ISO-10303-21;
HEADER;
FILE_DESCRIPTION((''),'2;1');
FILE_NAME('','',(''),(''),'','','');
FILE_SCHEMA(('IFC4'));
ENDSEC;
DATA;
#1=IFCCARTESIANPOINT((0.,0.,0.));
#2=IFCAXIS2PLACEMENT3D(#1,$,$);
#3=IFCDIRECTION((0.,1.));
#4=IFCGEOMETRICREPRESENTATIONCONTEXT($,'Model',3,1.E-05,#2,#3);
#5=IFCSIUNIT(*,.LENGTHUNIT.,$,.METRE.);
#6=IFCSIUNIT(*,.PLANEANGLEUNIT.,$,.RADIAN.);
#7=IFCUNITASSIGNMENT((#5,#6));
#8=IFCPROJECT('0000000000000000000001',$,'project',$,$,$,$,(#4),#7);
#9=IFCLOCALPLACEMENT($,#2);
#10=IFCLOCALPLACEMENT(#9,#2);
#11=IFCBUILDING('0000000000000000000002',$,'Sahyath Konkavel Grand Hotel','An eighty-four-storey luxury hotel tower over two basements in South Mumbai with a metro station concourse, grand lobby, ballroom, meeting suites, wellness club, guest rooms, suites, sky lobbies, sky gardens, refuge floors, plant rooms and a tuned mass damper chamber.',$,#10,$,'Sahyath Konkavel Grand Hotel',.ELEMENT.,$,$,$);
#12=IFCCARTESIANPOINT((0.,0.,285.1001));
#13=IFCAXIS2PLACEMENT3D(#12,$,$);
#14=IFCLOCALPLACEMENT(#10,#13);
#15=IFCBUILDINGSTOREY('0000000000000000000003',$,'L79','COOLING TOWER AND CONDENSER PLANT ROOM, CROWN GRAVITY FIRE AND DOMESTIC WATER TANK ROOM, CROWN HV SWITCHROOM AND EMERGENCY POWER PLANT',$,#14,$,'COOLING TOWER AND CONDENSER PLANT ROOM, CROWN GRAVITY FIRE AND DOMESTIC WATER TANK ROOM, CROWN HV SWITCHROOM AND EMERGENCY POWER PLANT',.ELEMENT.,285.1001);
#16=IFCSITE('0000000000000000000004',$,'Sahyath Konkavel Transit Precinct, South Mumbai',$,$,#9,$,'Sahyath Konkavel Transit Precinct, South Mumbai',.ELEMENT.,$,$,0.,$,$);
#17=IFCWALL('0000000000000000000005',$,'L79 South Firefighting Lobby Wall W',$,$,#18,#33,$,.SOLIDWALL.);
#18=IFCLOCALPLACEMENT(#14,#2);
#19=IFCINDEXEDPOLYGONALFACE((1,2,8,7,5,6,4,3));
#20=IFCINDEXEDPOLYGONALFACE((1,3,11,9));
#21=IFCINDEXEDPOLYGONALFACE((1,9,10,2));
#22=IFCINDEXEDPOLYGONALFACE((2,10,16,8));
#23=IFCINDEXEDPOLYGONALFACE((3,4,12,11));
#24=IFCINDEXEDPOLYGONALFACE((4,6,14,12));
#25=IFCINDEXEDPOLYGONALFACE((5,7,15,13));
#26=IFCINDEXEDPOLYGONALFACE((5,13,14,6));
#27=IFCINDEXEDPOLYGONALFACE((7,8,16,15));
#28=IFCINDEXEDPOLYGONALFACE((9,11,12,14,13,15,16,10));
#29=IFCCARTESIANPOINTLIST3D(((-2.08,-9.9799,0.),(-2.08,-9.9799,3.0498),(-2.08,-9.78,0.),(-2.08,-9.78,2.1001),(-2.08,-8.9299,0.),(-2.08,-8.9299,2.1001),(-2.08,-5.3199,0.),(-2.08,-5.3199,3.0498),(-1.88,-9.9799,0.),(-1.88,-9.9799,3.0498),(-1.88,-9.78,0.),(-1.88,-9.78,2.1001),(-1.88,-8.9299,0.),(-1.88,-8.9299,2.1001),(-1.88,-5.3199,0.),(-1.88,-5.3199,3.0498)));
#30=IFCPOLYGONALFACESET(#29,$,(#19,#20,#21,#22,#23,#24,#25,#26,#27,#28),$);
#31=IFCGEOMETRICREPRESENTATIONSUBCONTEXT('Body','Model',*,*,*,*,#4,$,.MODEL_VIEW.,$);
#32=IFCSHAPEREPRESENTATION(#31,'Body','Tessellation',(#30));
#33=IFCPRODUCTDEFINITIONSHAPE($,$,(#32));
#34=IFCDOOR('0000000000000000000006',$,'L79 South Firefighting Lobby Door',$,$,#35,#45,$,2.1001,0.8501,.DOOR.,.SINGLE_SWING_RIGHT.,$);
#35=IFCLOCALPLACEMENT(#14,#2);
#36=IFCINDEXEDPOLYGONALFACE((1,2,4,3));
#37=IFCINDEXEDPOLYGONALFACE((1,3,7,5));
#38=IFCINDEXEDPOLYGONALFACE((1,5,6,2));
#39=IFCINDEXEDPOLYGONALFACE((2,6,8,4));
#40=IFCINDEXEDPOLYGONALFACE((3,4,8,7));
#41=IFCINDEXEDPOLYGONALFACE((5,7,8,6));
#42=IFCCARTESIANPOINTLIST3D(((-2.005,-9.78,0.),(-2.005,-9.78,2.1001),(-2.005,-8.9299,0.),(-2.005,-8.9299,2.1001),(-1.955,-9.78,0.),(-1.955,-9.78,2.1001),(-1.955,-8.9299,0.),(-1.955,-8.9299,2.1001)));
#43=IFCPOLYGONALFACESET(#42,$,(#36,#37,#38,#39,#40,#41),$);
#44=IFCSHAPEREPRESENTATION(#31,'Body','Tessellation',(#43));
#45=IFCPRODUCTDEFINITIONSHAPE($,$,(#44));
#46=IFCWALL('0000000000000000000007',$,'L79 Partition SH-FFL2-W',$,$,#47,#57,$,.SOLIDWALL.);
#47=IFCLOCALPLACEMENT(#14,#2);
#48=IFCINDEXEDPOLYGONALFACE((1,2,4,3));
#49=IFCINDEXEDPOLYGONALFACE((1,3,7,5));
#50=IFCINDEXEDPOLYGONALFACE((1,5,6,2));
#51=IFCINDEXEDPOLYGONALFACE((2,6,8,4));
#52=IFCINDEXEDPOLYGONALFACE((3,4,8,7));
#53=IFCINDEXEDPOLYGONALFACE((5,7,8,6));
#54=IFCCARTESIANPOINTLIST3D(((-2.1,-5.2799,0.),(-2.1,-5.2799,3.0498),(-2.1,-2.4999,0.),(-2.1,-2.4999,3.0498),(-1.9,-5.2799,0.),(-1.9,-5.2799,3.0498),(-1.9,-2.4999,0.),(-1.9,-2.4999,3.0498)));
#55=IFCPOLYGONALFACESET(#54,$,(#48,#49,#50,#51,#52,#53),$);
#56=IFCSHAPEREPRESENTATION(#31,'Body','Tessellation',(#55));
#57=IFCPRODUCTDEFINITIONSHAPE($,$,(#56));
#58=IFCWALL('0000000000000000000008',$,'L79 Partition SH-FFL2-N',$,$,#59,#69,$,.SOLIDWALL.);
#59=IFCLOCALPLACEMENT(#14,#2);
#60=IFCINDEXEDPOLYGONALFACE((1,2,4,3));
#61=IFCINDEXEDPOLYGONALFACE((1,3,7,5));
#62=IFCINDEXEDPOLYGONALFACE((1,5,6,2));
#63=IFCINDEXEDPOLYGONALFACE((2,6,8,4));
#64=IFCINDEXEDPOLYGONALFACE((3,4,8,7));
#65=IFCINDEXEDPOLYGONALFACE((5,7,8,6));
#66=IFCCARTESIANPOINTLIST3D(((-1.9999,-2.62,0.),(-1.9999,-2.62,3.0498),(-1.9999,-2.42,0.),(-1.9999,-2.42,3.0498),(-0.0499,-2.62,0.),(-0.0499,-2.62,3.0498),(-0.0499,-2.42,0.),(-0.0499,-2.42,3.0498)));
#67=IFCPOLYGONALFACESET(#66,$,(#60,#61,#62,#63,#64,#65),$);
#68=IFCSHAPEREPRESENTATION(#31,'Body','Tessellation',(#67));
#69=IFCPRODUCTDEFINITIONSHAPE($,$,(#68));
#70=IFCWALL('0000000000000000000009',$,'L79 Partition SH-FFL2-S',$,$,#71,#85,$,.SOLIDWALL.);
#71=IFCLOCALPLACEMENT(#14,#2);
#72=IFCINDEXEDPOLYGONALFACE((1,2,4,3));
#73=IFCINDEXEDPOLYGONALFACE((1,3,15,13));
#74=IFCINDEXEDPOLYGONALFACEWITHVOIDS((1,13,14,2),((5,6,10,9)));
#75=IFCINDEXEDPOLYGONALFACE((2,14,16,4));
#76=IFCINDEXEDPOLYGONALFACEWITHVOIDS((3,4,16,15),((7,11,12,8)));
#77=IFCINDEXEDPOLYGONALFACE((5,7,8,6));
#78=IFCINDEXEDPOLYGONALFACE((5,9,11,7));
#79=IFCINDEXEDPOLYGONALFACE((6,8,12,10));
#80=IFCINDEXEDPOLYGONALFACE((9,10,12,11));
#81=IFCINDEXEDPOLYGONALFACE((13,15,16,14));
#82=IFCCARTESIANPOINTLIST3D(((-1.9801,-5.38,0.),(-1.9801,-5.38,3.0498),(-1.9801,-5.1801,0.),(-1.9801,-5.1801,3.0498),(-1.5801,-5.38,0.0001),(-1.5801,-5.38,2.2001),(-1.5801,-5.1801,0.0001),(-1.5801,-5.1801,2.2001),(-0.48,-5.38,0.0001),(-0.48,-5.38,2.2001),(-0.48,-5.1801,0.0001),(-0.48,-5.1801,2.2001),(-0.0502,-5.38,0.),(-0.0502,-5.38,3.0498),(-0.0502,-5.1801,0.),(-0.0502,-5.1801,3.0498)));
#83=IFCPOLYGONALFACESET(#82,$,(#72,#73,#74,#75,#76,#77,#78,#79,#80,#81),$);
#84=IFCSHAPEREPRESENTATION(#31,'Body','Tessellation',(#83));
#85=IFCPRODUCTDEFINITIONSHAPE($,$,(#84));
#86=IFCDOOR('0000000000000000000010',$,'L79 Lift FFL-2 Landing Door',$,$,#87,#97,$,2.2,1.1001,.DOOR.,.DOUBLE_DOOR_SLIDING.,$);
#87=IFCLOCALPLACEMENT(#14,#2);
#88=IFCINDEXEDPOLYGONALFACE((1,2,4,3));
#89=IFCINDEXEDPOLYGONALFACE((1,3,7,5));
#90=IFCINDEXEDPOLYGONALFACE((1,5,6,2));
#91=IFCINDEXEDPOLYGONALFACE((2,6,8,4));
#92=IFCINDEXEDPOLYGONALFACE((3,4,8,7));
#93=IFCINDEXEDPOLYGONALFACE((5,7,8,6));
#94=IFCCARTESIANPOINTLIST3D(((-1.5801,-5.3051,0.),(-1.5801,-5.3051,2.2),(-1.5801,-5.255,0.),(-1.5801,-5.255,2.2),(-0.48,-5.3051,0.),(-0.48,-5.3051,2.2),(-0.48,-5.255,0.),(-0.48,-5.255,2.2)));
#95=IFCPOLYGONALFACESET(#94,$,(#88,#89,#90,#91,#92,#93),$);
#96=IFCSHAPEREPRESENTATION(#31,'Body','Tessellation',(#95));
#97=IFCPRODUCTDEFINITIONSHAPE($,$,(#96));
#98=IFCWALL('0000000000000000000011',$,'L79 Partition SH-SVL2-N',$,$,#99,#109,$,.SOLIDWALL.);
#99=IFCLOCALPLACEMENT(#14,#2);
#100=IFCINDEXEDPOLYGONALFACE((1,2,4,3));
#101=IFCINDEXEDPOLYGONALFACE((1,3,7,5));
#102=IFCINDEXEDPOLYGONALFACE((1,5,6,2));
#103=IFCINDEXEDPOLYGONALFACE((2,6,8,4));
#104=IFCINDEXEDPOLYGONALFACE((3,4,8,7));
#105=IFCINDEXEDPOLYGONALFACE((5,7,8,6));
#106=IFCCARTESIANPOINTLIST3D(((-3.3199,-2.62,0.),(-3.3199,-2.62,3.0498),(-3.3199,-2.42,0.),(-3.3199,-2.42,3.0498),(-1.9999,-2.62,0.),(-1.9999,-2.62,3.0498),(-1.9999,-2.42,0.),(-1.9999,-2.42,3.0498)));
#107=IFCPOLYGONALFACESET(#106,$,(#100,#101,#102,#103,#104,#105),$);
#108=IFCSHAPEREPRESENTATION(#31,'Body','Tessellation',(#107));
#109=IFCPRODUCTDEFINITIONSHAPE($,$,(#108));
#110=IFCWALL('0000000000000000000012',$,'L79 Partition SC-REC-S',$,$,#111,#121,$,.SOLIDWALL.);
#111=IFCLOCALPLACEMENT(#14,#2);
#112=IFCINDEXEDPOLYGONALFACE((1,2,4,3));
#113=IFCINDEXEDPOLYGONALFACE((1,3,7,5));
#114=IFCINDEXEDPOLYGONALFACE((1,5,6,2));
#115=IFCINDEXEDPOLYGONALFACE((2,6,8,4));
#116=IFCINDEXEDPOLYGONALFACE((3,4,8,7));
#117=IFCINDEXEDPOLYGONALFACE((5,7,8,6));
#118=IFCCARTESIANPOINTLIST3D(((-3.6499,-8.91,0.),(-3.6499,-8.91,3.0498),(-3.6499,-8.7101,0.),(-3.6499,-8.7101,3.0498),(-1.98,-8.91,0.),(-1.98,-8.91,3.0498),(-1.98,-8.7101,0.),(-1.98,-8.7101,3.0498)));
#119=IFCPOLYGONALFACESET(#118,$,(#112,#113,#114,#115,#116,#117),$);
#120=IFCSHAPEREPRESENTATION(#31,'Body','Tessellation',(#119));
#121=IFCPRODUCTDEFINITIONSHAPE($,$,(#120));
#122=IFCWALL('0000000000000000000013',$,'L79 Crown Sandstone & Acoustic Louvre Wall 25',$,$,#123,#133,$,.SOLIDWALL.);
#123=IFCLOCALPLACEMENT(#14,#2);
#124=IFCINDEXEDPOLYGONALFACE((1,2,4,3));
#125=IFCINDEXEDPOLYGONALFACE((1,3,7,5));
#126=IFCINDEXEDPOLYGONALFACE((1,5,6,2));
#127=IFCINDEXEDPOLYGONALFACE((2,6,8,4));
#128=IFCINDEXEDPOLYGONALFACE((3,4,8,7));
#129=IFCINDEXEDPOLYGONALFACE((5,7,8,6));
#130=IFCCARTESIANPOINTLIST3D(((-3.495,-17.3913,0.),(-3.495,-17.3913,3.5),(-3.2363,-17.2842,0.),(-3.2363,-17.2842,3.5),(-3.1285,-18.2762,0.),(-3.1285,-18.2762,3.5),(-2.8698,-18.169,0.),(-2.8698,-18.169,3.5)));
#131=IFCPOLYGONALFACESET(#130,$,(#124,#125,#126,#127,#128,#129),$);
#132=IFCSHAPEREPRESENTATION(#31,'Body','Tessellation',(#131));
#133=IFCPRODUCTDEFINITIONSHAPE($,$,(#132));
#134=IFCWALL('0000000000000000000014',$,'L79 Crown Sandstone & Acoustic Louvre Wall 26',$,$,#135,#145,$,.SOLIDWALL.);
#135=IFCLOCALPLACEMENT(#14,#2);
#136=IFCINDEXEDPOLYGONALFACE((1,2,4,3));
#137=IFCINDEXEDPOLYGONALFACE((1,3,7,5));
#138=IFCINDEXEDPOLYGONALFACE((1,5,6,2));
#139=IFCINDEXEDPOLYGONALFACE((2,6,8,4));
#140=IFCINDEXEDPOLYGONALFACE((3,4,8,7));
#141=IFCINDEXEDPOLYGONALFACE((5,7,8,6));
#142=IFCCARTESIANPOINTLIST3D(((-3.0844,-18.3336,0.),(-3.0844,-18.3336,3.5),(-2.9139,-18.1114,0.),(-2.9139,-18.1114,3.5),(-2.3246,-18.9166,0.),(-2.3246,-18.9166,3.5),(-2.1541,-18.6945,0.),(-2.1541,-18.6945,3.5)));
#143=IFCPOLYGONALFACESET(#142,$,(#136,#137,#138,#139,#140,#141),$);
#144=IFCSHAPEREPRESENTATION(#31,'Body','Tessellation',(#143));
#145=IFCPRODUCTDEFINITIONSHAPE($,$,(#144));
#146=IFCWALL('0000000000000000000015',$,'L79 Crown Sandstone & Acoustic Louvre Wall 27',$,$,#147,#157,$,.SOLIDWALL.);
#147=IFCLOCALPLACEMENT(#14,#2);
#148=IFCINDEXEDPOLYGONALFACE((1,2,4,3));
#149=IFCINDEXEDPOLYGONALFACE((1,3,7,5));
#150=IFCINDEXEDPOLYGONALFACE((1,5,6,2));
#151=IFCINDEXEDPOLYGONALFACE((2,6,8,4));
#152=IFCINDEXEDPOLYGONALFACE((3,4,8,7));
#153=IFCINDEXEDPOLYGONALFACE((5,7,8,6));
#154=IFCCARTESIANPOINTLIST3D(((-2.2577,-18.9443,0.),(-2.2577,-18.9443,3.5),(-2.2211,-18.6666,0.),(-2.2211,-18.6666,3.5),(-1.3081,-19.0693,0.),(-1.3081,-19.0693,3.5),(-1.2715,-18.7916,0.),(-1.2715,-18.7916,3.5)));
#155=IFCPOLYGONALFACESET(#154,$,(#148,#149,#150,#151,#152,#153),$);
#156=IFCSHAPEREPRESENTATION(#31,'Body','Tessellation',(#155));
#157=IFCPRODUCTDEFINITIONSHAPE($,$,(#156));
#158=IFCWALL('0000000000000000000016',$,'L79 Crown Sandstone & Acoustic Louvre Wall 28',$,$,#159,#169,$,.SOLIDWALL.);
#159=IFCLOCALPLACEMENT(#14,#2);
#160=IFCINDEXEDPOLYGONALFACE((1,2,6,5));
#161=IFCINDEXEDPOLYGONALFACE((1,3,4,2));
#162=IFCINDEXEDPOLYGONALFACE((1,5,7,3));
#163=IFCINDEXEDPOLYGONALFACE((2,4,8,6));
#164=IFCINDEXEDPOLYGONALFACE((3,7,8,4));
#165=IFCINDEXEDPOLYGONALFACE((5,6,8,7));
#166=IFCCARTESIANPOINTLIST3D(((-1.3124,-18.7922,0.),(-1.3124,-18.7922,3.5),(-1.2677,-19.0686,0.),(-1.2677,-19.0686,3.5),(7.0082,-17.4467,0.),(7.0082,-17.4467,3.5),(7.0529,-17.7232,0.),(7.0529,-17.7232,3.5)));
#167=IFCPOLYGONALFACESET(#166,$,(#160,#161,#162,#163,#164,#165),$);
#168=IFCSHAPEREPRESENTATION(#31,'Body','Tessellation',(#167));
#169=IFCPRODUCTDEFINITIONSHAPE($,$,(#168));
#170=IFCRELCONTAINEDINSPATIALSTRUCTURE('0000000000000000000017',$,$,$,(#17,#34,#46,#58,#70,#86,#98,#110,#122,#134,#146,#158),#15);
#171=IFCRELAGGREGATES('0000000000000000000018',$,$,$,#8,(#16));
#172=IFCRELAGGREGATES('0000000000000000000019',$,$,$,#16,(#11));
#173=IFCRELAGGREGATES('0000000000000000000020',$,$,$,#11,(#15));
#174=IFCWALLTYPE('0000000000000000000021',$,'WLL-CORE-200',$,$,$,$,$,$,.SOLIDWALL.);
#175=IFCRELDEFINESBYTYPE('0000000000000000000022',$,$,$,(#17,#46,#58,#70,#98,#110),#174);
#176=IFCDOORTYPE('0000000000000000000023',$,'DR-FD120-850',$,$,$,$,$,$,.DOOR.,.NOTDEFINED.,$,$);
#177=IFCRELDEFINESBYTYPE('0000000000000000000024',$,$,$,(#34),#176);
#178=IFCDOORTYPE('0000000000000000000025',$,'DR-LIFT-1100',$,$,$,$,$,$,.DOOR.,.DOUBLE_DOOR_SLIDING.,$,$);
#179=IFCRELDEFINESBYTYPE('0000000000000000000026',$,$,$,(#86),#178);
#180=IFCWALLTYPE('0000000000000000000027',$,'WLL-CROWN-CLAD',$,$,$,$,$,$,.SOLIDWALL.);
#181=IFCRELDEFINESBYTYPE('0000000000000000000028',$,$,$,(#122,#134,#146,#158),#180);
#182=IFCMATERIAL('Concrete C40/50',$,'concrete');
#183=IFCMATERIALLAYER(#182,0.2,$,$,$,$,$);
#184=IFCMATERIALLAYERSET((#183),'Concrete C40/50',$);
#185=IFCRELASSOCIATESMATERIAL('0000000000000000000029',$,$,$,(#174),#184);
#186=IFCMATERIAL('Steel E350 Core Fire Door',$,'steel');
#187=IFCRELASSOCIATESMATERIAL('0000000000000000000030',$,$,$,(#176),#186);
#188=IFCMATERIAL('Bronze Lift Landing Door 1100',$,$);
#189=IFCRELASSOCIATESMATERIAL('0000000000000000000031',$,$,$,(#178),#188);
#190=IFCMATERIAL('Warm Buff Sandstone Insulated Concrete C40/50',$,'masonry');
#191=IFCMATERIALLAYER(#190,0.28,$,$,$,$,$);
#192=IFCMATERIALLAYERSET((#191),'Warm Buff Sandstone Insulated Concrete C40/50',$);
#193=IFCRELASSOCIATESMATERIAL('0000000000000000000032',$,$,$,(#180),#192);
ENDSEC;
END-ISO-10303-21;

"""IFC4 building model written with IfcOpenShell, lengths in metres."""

from ifc_helpers import new_model, si_unit, direction, frame, frame_2d, origin, origin_2d, place, context, subcontext, project, spatial, rectangle, extrude, source, transform, mapped, material, layer, layer_set, type_object, element, fill, save


model = new_model("IFC4")

# Units and contexts
model_context = context("Model", 3, precision=1e-05, world=origin(), true_north=direction((0.0, 1.0)))
body_context = subcontext(model_context, "Body", "Model", "MODEL_VIEW")
ifc_project = project(units=[si_unit("LENGTHUNIT", "METRE"), si_unit("PLANEANGLEUNIT", "RADIAN")], contexts=[model_context])

# Site, building, storey
site_placement = place(None, origin())
site = spatial("IfcSite", under=ifc_project, at=site_placement, Name="Sahyath Konkavel Transit Precinct, South Mumbai", LongName="Sahyath Konkavel Transit Precinct, South Mumbai", CompositionType="ELEMENT", RefElevation=0.0)
building_placement = place(site_placement, origin())
building = spatial("IfcBuilding", under=site, at=building_placement, Name="Sahyath Konkavel Grand Hotel", Description="An eighty-four-storey luxury hotel tower over two basements in South Mumbai with a metro station concourse, grand lobby, ballroom, meeting suites, wellness club, guest rooms, suites, sky lobbies, sky gardens, refuge floors, plant rooms and a tuned mass damper chamber.", LongName="Sahyath Konkavel Grand Hotel", CompositionType="ELEMENT")
storey_placement = place(building_placement, frame((0.0, 0.0, 285.1001)))
storey = spatial("IfcBuildingStorey", under=building, at=storey_placement, Name="L79", Description="COOLING TOWER AND CONDENSER PLANT ROOM, CROWN GRAVITY FIRE AND DOMESTIC WATER TANK ROOM, CROWN HV SWITCHROOM AND EMERGENCY POWER PLANT", LongName="COOLING TOWER AND CONDENSER PLANT ROOM, CROWN GRAVITY FIRE AND DOMESTIC WATER TANK ROOM, CROWN HV SWITCHROOM AND EMERGENCY POWER PLANT", CompositionType="ELEMENT", Elevation=285.1001)

# Shared definitions
ifc_material_1 = material(Name="Concrete C40/50", Category="concrete")

# Wall, opening, door
ifc_layer_1 = layer(ifc_material_1, 0.2)
ifc_layer_set_1 = layer_set([ifc_layer_1], Name="Concrete C40/50")
wall_type_1 = type_object("IfcWallType", Name="WLL-CORE-200", PredefinedType="SOLIDWALL", material=ifc_layer_set_1)
wall_1_placement = place(storey_placement, frame((-1.98, -9.98, 0.0), z_axis=(0.0, 0.0, 1.0), x_axis=(0.0, 1.0, 0.0)))
wall_1 = element("IfcWall", 1, at=wall_1_placement, inside=storey, type_object=wall_type_1, Name="L79 South Firefighting Lobby Wall W", PredefinedType="SOLIDWALL", context=body_context, shape_type="SweptSolid", body=[
    extrude(rectangle(XDim=4.6599, YDim=0.2, at=frame_2d((2.3301, 0.0))), origin(), (0.0, 0.0, 1.0), 3.0498),
])
opening_1_placement = place(wall_1_placement, frame((0.2, 0.0, 0.0)))
opening_1 = element("IfcOpeningElement", 2, at=opening_1_placement, cuts=wall_1, PredefinedType="OPENING", context=body_context, shape_type="SweptSolid", body=[
    extrude(rectangle(XDim=0.8501, YDim=2.1001, at=frame_2d((0.425, 1.05))), frame((0.0, 0.1099, 0.0), z_axis=(0.0, -1.0, 0.0), x_axis=(1.0, 0.0, 0.0)), (0.0, 0.0, 1.0), 0.22),
])
ifc_material_2 = material(Name="Steel E350 Core Fire Door", Category="steel")
door_type_1 = type_object("IfcDoorType", Name="DR-FD120-850", OperationType="NOTDEFINED", PredefinedType="DOOR", material=ifc_material_2)
shared_shape_1 = source(origin(), body_context, "Body", "SweptSolid", [
    extrude(rectangle(XDim=0.8501, YDim=0.05, at=origin_2d()), origin(), (0.0, 0.0, 1.0), 2.1001),
])
door_1_placement = place(opening_1_placement, frame((0.425, 0.0, 0.0)))
door_1 = element("IfcDoor", 3, at=door_1_placement, inside=storey, type_object=door_type_1, Name="L79 South Firefighting Lobby Door", OperationType="SINGLE_SWING_RIGHT", OverallHeight=2.1001, OverallWidth=0.8501, PredefinedType="DOOR", context=body_context, shape_type="MappedRepresentation", body=[
    mapped(shared_shape_1, transform((0.0, 0.0, 0.0), scale=1.0)),
])
fill(opening_1, door_1)

# Walls
wall_2_placement = place(storey_placement, frame((-2.0, -5.28, 0.0), z_axis=(0.0, 0.0, 1.0), x_axis=(0.0, 1.0, 0.0)))
element("IfcWall", 4, at=wall_2_placement, inside=storey, type_object=wall_type_1, Name="L79 Partition SH-FFL2-W", PredefinedType="SOLIDWALL", context=body_context, shape_type="SweptSolid", body=[
    extrude(rectangle(XDim=2.78, YDim=0.2, at=frame_2d((1.3901, 0.0))), origin(), (0.0, 0.0, 1.0), 3.0498),
])
wall_3_placement = place(storey_placement, frame((-2.0, -2.52, 0.0), z_axis=(0.0, 0.0, 1.0), x_axis=(1.0, 0.0, 0.0)))
element("IfcWall", 5, at=wall_3_placement, inside=storey, type_object=wall_type_1, Name="L79 Partition SH-FFL2-N", PredefinedType="SOLIDWALL", context=body_context, shape_type="SweptSolid", body=[
    extrude(rectangle(XDim=1.95, YDim=0.2, at=frame_2d((0.9751, 0.0))), origin(), (0.0, 0.0, 1.0), 3.0498),
])

# Wall, opening, door
wall_4_placement = place(storey_placement, frame((-1.98, -5.28, 0.0), z_axis=(0.0, 0.0, 1.0), x_axis=(1.0, 0.0, 0.0)))
wall_4 = element("IfcWall", 6, at=wall_4_placement, inside=storey, type_object=wall_type_1, Name="L79 Partition SH-FFL2-S", PredefinedType="SOLIDWALL", context=body_context, shape_type="SweptSolid", body=[
    extrude(rectangle(XDim=1.9299, YDim=0.2, at=frame_2d((0.9648, 0.0))), origin(), (0.0, 0.0, 1.0), 3.0498),
])
opening_2_placement = place(wall_4_placement, frame((0.3999, 0.0, 0.0)))
opening_2 = element("IfcOpeningElement", 7, at=opening_2_placement, cuts=wall_4, PredefinedType="OPENING", context=body_context, shape_type="SweptSolid", body=[
    extrude(rectangle(XDim=1.1001, YDim=2.2, at=frame_2d((0.55, 1.1001))), frame((0.0, 0.1099, 0.0), z_axis=(0.0, -1.0, 0.0), x_axis=(1.0, 0.0, 0.0)), (0.0, 0.0, 1.0), 0.22),
])
ifc_material_3 = material(Name="Bronze Lift Landing Door 1100")
door_type_2 = type_object("IfcDoorType", Name="DR-LIFT-1100", OperationType="DOUBLE_DOOR_SLIDING", PredefinedType="DOOR", material=ifc_material_3)
shared_shape_2 = source(origin(), body_context, "Body", "SweptSolid", [
    extrude(rectangle(XDim=1.1001, YDim=0.05, at=origin_2d()), origin(), (0.0, 0.0, 1.0), 2.2),
])
door_2_placement = place(opening_2_placement, frame((0.55, 0.0, 0.0)))
door_2 = element("IfcDoor", 8, at=door_2_placement, inside=storey, type_object=door_type_2, Name="L79 Lift FFL-2 Landing Door", OperationType="DOUBLE_DOOR_SLIDING", OverallHeight=2.2, OverallWidth=1.1001, PredefinedType="DOOR", context=body_context, shape_type="MappedRepresentation", body=[
    mapped(shared_shape_2, transform((0.0, 0.0, 0.0), scale=1.0)),
])
fill(opening_2, door_2)

# Walls
wall_5_placement = place(storey_placement, frame((-3.3201, -2.52, 0.0), z_axis=(0.0, 0.0, 1.0), x_axis=(1.0, 0.0, 0.0)))
element("IfcWall", 9, at=wall_5_placement, inside=storey, type_object=wall_type_1, Name="L79 Partition SH-SVL2-N", PredefinedType="SOLIDWALL", context=body_context, shape_type="SweptSolid", body=[
    extrude(rectangle(XDim=1.3201, YDim=0.2, at=frame_2d((0.6602, 0.0))), origin(), (0.0, 0.0, 1.0), 3.0498),
])
wall_6_placement = place(storey_placement, frame((-3.6499, -8.8101, 0.0), z_axis=(0.0, 0.0, 1.0), x_axis=(1.0, 0.0, 0.0)))
element("IfcWall", 10, at=wall_6_placement, inside=storey, type_object=wall_type_1, Name="L79 Partition SC-REC-S", PredefinedType="SOLIDWALL", context=body_context, shape_type="SweptSolid", body=[
    extrude(rectangle(XDim=1.6699, YDim=0.2, at=frame_2d((0.835, 0.0))), origin(), (0.0, 0.0, 1.0), 3.0498),
])
ifc_material_4 = material(Name="Warm Buff Sandstone Insulated Concrete C40/50", Category="masonry")
ifc_layer_2 = layer(ifc_material_4, 0.28)
ifc_layer_set_2 = layer_set([ifc_layer_2], Name="Warm Buff Sandstone Insulated Concrete C40/50")
wall_type_2 = type_object("IfcWallType", Name="WLL-CROWN-CLAD", PredefinedType="SOLIDWALL", material=ifc_layer_set_2)
for number, where, z_axis, x_axis, name in (
    (11, (-3.3657, -17.3376, 0.0), (0.0, 0.0, 1.0), (0.38266, -0.923889, 0.0), "L79 Crown Sandstone & Acoustic Louvre Wall 25"),
    (12, (-2.9993, -18.2224, 0.0), (0.0, 0.0, 1.0), (0.793344, -0.608774, 0.0), "L79 Crown Sandstone & Acoustic Louvre Wall 26"),
    (13, (-2.2395, -18.8054, 0.0), (0.0, 0.0, 1.0), (0.991445, -0.130527, 0.0), "L79 Crown Sandstone & Acoustic Louvre Wall 27"),
):
    element("IfcWall", number, at=place(storey_placement, frame(where, z_axis=z_axis, x_axis=x_axis)), inside=storey, type_object=wall_type_2, Name=name, PredefinedType="SOLIDWALL", context=body_context, shape_type="SweptSolid", body=[
        extrude(rectangle(XDim=0.9578, YDim=0.28, at=frame_2d((0.479, 0.0))), origin(), (0.0, 0.0, 1.0), 3.5),
    ])
wall_7_placement = place(storey_placement, frame((-1.29, -18.9304, 0.0), z_axis=(0.0, 0.0, 1.0), x_axis=(0.987177, 0.159629, 0.0)))
element("IfcWall", 14, at=wall_7_placement, inside=storey, type_object=wall_type_2, Name="L79 Crown Sandstone & Acoustic Louvre Wall 28", PredefinedType="SOLIDWALL", context=body_context, shape_type="SweptSolid", body=[
    extrude(rectangle(XDim=8.4287, YDim=0.28, at=frame_2d((4.2144, 0.0))), origin(), (0.0, 0.0, 1.0), 3.5),
])

save(model, "model.ifc")
